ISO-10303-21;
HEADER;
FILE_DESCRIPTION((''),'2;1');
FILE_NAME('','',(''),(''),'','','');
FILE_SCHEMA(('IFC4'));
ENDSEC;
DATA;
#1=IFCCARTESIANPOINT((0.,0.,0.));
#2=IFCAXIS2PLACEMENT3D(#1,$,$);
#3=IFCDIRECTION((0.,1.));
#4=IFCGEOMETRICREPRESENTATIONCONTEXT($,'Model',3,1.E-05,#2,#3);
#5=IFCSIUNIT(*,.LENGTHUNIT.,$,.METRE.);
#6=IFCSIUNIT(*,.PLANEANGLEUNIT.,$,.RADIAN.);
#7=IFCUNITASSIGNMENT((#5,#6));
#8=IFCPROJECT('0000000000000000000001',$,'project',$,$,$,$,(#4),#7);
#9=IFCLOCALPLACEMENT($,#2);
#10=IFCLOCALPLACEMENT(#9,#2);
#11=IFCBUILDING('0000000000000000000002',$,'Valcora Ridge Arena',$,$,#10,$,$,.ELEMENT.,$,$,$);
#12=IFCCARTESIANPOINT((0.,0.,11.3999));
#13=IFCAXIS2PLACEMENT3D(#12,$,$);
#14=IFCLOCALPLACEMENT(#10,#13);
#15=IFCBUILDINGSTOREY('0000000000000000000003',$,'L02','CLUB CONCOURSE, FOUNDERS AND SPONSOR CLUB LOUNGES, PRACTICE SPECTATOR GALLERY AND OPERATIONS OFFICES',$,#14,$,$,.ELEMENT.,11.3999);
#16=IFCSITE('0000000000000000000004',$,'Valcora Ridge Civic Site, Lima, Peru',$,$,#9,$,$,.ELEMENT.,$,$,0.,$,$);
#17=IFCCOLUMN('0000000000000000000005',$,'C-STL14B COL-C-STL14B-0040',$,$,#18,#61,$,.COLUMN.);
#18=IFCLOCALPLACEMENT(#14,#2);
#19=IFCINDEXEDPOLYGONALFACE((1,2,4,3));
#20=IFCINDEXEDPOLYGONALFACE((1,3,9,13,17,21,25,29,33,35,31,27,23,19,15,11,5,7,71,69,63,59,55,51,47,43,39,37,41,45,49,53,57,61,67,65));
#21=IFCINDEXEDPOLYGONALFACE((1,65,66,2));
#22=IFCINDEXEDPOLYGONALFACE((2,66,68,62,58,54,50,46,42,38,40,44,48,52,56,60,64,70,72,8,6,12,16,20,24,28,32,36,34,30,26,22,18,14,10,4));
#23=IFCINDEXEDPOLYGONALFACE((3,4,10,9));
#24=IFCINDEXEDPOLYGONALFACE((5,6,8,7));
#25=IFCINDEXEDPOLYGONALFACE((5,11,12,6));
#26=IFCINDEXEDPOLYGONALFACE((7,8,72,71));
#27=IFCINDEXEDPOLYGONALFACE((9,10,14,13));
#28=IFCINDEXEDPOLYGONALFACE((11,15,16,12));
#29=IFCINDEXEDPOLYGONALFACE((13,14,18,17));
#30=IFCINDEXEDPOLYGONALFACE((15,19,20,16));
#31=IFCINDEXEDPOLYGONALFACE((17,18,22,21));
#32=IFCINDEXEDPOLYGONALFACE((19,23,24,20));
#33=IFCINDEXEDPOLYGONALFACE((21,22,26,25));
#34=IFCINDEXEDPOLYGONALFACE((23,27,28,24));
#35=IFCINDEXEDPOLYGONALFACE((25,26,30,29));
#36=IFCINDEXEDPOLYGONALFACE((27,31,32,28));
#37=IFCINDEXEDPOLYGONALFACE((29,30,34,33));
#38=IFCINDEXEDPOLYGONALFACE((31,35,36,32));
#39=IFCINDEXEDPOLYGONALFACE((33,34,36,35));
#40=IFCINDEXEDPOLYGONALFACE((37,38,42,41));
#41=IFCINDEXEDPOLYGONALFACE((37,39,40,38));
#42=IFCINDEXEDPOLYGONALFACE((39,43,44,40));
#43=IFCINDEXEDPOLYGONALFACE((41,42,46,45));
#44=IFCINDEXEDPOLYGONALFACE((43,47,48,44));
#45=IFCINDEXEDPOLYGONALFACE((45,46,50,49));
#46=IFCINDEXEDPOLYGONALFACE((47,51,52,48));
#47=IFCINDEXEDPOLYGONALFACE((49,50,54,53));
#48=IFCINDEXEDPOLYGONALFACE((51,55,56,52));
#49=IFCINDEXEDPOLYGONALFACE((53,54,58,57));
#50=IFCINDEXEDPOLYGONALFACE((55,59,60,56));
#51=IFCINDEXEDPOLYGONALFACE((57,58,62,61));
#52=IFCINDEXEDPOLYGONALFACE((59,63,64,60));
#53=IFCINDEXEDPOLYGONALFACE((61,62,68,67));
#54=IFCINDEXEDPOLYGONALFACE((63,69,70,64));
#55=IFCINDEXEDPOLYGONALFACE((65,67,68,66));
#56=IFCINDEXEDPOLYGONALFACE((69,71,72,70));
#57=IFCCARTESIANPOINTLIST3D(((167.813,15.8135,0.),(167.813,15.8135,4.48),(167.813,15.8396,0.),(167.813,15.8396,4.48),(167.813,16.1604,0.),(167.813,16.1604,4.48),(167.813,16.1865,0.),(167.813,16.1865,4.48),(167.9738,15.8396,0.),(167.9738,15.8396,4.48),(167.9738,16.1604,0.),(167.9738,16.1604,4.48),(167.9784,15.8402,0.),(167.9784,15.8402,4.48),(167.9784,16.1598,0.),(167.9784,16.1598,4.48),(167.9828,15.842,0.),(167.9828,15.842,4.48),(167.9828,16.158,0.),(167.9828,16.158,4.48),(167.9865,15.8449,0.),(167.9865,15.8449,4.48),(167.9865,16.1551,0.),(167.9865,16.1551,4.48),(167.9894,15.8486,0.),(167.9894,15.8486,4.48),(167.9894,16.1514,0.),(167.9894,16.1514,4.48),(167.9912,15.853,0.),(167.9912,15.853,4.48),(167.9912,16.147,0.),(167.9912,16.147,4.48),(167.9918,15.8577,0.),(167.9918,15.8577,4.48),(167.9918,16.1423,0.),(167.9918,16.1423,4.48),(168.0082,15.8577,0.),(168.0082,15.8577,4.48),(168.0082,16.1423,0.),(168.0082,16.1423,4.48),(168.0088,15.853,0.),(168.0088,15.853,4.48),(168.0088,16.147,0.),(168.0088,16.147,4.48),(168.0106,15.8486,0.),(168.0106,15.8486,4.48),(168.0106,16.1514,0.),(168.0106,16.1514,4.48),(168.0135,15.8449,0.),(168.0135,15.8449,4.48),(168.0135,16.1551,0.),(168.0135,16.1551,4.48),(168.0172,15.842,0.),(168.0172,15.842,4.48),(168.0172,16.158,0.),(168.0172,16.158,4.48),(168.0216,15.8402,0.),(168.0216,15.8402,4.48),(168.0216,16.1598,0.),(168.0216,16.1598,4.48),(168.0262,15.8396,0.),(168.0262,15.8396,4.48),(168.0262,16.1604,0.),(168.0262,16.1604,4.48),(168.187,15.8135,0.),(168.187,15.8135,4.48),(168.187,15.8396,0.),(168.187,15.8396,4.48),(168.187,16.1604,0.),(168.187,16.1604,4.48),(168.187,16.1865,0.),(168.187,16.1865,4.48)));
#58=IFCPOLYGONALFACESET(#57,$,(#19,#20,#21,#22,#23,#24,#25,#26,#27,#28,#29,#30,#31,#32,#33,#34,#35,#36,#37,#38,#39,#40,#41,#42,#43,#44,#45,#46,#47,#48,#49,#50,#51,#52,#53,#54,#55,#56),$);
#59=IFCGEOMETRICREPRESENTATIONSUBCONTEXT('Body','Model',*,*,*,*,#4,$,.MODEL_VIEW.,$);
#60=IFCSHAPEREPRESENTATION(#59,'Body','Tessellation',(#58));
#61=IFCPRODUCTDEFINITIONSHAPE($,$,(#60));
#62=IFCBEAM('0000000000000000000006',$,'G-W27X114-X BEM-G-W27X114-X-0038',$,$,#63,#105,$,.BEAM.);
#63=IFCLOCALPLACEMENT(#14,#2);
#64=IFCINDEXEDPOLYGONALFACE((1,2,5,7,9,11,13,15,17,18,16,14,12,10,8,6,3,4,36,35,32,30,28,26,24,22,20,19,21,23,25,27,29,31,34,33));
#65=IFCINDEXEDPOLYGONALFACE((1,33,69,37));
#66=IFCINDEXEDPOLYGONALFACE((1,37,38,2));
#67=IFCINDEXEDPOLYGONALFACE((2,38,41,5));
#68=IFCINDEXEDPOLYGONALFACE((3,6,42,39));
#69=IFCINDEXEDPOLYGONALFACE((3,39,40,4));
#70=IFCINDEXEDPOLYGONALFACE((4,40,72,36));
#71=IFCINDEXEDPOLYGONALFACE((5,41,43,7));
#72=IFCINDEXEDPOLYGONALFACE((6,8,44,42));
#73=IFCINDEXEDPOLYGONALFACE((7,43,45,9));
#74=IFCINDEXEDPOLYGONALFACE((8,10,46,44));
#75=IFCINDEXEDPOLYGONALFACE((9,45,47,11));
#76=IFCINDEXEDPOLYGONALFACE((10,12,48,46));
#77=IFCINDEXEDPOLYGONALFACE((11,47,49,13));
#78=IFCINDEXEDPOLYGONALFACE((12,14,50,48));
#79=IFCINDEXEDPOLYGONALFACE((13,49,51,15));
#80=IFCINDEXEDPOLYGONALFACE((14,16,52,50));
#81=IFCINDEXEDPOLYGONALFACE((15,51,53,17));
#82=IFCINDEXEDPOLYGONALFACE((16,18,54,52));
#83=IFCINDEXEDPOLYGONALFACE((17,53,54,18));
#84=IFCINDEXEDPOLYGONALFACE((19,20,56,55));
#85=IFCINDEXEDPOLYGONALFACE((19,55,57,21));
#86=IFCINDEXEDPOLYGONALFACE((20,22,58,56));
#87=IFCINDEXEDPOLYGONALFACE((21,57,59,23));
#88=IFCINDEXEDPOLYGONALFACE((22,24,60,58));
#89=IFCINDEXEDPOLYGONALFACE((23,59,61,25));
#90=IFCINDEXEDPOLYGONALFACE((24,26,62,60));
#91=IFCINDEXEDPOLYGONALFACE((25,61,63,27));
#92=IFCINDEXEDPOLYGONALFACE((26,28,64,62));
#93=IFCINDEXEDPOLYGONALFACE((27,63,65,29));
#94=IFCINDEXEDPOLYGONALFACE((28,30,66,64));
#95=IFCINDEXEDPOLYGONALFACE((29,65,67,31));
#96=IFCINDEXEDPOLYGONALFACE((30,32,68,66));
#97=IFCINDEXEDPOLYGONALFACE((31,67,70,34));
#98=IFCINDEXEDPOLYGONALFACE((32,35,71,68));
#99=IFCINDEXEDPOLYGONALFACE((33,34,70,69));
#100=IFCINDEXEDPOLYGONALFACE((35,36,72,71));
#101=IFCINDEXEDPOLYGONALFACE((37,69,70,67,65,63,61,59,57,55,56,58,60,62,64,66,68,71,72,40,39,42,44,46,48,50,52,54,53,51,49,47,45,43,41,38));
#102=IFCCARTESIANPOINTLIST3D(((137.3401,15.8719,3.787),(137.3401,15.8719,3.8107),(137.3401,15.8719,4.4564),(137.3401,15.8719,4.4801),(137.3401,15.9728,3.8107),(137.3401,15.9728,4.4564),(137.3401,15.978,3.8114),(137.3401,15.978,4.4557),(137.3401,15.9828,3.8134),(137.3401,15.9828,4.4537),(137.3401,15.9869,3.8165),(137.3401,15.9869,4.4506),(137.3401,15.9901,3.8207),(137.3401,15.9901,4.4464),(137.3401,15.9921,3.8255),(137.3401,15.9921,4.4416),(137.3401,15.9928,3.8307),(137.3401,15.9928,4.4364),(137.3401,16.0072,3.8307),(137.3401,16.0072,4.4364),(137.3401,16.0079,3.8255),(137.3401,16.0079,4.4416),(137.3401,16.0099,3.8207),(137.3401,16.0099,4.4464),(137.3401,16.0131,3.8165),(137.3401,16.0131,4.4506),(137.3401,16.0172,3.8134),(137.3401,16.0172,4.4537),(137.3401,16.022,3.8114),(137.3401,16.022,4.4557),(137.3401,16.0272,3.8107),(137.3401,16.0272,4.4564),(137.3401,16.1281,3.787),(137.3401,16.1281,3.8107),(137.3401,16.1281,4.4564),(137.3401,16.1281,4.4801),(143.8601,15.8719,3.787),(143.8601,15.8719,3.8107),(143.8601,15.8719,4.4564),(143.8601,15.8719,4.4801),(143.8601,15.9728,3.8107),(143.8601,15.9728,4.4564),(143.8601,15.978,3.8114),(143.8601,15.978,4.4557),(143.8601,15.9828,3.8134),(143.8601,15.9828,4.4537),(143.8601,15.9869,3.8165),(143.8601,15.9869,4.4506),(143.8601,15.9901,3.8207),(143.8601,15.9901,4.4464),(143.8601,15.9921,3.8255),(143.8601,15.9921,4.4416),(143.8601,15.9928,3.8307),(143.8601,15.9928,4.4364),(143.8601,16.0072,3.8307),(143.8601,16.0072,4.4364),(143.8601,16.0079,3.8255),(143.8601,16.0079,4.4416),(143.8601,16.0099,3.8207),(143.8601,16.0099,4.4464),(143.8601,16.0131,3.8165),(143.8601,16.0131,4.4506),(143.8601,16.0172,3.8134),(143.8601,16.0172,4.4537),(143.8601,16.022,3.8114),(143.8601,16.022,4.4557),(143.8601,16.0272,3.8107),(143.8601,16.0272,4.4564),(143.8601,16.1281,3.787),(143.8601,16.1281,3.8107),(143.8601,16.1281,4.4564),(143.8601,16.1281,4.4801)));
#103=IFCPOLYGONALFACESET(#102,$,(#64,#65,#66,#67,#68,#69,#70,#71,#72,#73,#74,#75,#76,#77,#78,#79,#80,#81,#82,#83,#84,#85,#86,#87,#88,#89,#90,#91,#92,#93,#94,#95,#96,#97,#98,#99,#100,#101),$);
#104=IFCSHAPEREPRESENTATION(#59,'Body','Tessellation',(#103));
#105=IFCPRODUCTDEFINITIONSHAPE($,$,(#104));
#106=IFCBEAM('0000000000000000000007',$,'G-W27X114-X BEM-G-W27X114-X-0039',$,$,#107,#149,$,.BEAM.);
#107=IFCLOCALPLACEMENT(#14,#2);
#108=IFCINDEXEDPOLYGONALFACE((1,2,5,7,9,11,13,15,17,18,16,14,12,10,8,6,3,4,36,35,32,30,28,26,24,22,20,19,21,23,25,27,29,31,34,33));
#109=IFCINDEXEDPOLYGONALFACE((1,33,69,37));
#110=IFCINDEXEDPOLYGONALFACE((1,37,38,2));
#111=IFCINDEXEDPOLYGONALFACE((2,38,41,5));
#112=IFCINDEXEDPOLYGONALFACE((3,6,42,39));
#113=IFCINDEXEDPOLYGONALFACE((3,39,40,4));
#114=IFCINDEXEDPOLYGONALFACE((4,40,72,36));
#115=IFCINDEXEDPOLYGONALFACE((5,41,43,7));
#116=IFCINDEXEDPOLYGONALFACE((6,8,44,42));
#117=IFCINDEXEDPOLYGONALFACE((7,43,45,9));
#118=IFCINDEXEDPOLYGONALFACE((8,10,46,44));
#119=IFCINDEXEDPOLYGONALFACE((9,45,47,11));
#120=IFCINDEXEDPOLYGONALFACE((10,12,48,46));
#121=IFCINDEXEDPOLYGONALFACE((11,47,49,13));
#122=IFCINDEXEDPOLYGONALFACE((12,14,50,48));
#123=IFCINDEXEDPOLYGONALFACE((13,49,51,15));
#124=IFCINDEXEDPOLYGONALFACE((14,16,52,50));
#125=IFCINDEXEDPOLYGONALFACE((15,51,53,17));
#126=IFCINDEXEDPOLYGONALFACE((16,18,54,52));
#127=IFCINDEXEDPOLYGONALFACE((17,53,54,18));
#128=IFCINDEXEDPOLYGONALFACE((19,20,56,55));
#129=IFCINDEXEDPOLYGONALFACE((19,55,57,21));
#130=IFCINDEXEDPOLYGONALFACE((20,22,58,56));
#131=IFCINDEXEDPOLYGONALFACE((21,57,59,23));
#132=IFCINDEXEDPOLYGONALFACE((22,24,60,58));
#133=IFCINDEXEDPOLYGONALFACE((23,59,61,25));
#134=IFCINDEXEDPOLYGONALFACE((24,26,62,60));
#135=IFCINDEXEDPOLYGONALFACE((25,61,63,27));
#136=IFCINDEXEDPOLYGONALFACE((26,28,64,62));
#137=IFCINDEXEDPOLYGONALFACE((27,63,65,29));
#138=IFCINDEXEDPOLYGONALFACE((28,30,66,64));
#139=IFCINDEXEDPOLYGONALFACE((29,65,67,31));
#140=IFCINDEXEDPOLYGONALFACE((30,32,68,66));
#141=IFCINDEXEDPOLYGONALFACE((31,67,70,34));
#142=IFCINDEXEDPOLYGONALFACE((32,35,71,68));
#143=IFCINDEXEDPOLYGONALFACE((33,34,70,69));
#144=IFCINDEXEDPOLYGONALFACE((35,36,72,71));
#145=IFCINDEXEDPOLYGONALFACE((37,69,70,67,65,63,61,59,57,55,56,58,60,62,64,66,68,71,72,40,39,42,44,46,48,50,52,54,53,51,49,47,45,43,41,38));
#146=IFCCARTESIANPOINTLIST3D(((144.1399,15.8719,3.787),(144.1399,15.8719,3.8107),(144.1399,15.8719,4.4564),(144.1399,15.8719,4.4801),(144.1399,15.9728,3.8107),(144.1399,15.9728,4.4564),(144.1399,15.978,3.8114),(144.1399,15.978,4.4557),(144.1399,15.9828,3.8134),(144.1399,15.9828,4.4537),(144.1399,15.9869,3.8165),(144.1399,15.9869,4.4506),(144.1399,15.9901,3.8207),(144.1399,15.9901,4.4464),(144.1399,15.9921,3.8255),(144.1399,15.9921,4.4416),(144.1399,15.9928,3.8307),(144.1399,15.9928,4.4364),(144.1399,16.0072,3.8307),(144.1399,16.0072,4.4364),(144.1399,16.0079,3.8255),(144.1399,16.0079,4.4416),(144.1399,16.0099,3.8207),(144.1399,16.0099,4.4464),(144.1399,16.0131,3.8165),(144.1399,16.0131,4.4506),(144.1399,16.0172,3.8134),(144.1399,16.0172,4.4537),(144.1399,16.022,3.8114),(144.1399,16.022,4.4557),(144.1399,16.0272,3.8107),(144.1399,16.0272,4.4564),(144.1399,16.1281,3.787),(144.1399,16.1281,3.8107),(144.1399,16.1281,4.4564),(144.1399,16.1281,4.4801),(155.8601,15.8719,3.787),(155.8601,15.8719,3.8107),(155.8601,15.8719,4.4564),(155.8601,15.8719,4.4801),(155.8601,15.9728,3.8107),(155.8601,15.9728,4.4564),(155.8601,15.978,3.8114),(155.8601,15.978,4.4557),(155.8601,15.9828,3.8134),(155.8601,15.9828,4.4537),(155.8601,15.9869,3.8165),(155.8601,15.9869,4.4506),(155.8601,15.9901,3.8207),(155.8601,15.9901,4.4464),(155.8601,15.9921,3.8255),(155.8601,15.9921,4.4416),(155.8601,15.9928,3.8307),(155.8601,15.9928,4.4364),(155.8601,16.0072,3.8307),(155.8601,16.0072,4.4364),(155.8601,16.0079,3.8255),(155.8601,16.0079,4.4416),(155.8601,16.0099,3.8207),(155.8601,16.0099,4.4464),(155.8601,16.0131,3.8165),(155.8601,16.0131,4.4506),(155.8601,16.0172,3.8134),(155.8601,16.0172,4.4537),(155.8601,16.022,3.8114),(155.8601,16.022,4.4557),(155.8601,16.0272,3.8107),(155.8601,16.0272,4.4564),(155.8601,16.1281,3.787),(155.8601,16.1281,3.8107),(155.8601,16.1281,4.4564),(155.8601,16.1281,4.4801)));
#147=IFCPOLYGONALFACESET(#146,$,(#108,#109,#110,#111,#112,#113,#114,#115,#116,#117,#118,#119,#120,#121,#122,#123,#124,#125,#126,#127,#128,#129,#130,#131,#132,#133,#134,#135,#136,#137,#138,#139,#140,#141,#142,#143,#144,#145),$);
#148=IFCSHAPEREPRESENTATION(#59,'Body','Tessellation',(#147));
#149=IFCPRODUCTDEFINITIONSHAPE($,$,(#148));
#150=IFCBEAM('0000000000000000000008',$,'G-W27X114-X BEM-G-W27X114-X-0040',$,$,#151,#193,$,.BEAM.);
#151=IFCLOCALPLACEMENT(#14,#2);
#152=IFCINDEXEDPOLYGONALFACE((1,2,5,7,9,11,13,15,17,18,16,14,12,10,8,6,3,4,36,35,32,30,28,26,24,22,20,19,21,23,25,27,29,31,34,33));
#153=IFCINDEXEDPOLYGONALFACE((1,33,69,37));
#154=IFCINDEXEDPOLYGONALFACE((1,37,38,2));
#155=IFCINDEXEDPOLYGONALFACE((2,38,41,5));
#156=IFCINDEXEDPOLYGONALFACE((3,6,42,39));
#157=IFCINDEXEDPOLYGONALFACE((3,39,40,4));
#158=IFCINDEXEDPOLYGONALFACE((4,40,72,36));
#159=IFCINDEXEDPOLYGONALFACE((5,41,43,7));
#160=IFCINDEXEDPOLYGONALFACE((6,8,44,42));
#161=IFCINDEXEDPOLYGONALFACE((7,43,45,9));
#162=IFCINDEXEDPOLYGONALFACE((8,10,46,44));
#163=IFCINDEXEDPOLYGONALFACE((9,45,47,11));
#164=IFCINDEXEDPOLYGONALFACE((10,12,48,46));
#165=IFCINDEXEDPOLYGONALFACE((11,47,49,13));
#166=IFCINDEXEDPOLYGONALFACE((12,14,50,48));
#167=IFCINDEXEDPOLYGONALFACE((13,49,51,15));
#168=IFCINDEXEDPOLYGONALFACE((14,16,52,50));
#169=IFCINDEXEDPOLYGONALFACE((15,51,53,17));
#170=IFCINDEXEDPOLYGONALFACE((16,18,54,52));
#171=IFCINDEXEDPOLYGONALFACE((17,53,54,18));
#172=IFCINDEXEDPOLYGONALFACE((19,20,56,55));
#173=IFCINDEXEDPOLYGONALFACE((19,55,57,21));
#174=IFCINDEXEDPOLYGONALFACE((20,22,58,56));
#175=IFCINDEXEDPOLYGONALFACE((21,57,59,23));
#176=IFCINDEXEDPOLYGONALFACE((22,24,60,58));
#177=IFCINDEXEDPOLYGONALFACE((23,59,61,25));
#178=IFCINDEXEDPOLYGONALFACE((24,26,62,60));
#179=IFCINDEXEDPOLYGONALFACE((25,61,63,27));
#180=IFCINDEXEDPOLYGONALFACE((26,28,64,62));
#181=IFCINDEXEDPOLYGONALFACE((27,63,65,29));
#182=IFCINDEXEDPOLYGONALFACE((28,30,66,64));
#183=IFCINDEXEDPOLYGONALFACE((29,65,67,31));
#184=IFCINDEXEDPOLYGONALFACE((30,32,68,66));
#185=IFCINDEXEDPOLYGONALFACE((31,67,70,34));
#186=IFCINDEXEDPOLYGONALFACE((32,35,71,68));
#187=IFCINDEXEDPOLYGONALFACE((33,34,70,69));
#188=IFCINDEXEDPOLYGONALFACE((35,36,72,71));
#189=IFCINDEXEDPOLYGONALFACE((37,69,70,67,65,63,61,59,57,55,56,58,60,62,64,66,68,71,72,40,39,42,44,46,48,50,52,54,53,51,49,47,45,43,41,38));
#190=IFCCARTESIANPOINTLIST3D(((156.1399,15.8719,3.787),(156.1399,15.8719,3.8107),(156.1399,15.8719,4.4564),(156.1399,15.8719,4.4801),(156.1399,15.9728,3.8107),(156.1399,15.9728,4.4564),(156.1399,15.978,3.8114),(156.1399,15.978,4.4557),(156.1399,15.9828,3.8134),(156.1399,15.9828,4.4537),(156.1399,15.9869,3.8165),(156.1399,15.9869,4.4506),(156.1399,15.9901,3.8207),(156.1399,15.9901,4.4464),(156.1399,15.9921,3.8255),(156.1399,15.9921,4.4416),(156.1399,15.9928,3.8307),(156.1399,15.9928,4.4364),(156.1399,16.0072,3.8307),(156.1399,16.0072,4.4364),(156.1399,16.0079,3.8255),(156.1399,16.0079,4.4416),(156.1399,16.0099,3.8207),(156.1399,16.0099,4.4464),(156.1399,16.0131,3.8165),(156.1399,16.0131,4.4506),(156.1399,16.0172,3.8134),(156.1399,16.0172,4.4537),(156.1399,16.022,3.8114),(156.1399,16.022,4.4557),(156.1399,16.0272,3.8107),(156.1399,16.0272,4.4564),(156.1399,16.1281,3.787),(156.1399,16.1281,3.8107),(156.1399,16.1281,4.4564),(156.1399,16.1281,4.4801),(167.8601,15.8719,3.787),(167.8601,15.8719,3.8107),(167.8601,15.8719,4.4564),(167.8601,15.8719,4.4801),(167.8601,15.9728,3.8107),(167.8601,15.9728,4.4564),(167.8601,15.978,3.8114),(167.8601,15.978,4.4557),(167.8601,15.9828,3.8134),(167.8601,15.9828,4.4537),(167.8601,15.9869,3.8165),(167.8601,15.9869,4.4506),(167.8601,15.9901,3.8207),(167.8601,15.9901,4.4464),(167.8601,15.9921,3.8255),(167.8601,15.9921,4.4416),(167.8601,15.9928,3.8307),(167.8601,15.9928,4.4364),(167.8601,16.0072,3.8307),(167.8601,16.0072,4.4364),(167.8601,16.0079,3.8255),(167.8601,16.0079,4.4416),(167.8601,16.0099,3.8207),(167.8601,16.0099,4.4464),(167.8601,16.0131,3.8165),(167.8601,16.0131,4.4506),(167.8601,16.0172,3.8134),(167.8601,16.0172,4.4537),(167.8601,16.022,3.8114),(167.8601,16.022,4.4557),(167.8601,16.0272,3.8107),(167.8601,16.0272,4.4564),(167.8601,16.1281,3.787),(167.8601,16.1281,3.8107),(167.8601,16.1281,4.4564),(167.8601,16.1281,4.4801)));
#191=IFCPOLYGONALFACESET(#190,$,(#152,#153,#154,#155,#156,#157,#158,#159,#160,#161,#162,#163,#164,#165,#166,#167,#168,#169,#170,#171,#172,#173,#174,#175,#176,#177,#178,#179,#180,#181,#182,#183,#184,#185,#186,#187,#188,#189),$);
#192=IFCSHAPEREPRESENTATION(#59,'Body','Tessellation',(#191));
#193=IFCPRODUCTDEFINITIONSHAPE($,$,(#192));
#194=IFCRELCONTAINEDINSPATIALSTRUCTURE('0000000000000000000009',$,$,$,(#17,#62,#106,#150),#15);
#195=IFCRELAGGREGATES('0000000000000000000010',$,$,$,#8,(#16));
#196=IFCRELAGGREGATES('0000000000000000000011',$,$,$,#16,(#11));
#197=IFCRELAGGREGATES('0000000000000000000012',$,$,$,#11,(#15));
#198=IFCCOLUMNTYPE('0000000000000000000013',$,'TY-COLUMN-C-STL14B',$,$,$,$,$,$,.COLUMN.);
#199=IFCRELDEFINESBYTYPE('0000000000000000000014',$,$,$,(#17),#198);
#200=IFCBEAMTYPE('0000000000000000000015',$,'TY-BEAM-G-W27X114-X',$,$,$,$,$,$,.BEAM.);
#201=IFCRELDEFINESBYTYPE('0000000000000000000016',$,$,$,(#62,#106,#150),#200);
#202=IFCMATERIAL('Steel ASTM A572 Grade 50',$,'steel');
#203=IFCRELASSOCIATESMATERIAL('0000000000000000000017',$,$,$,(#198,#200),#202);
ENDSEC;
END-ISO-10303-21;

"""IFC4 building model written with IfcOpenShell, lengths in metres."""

from ifc_helpers import new_model, si_unit, direction, frame, origin, origin_2d, place, context, subcontext, project, spatial, i_section, extrude, material, material_profile, profile_set, type_object, element, save


model = new_model("IFC4")

# Units and contexts
model_context = context("Model", 3, precision=1e-05, world=origin(), true_north=direction((0.0, 1.0)))
body_context = subcontext(model_context, "Body", "Model", "MODEL_VIEW")
ifc_project = project(units=[si_unit("LENGTHUNIT", "METRE"), si_unit("PLANEANGLEUNIT", "RADIAN")], contexts=[model_context])

# Site, building, storey
site_placement = place(None, origin())
site = spatial("IfcSite", under=ifc_project, at=site_placement, Name="Valcora Ridge Civic Site, Lima, Peru", CompositionType="ELEMENT", RefElevation=0.0)
building_placement = place(site_placement, origin())
building = spatial("IfcBuilding", under=site, at=building_placement, Name="Valcora Ridge Arena", CompositionType="ELEMENT")
storey_placement = place(building_placement, frame((0.0, 0.0, 11.3999)))
storey = spatial("IfcBuildingStorey", under=building, at=storey_placement, Name="L02", Description="CLUB CONCOURSE, FOUNDERS AND SPONSOR CLUB LOUNGES, PRACTICE SPECTATOR GALLERY AND OPERATIONS OFFICES", CompositionType="ELEMENT", Elevation=11.3999)

# Column
ifc_material_1 = material(Name="Steel ASTM A572 Grade 50", Category="steel")
ifc_material_profile_1 = material_profile(ifc_material_1, i_section(OverallWidth=0.374, OverallDepth=0.373, WebThickness=0.0164, FlangeThickness=0.0261, FilletRadius=0.0181, at=origin_2d()), Name="W14X132")
ifc_profile_set_1 = profile_set([ifc_material_profile_1], Name="Steel ASTM A572 Grade 50")
column_type = type_object("IfcColumnType", Name="TY-COLUMN-C-STL14B", PredefinedType="COLUMN", material=ifc_profile_set_1)
for number, where, z_axis, x_axis, name in (
    (1, (168.0, 16.0, 0.0), (0.0, 0.0, 1.0), (1.0, 0.0, 0.0), "C-STL14B COL-C-STL14B-0040"),
):
    element("IfcColumn", number, at=place(storey_placement, frame(where, z_axis=z_axis, x_axis=x_axis)), inside=storey, type_object=column_type, Name=name, PredefinedType="COLUMN", context=body_context, shape_type="SweptSolid", body=[
        extrude(i_section(OverallWidth=0.374, OverallDepth=0.373, WebThickness=0.0164, FlangeThickness=0.0261, FilletRadius=0.0181, at=origin_2d()), origin(), (0.0, 0.0, 1.0), 4.48),
    ])

# Beams
ifc_material_profile_2 = material_profile(ifc_material_1, i_section(OverallWidth=0.2561, OverallDepth=0.6931, WebThickness=0.0144, FlangeThickness=0.0237, FilletRadius=0.02, at=origin_2d()), Name="W27X114")
ifc_profile_set_2 = profile_set([ifc_material_profile_2], Name="Steel ASTM A572 Grade 50")
beam_type_1 = type_object("IfcBeamType", Name="TY-BEAM-G-W27X114-X", PredefinedType="BEAM", material=ifc_profile_set_2)
beam_placement = place(storey_placement, frame((137.3401, 16.0, 4.1335), z_axis=(1.0, 0.0, 0.0), x_axis=(0.0, 1.0, 0.0)))
element("IfcBeam", 2, at=beam_placement, inside=storey, type_object=beam_type_1, Name="G-W27X114-X BEM-G-W27X114-X-0038", PredefinedType="BEAM", context=body_context, shape_type="SweptSolid", body=[
    extrude(i_section(OverallWidth=0.2561, OverallDepth=0.6931, WebThickness=0.0144, FlangeThickness=0.0237, FilletRadius=0.02, at=origin_2d()), origin(), (0.0, 0.0, 1.0), 6.52),
])
for number, where, z_axis, x_axis, name in (
    (3, (144.1399, 16.0, 4.1335), (1.0, 0.0, 0.0), (0.0, 1.0, 0.0), "G-W27X114-X BEM-G-W27X114-X-0039"),
    (4, (156.1399, 16.0, 4.1335), (1.0, 0.0, 0.0), (0.0, 1.0, 0.0), "G-W27X114-X BEM-G-W27X114-X-0040"),
):
    element("IfcBeam", number, at=place(storey_placement, frame(where, z_axis=z_axis, x_axis=x_axis)), inside=storey, type_object=beam_type_1, Name=name, PredefinedType="BEAM", context=body_context, shape_type="SweptSolid", body=[
        extrude(i_section(OverallWidth=0.2561, OverallDepth=0.6931, WebThickness=0.0144, FlangeThickness=0.0237, FilletRadius=0.02, at=origin_2d()), origin(), (0.0, 0.0, 1.0), 11.7202),
    ])

save(model, "model.ifc")
